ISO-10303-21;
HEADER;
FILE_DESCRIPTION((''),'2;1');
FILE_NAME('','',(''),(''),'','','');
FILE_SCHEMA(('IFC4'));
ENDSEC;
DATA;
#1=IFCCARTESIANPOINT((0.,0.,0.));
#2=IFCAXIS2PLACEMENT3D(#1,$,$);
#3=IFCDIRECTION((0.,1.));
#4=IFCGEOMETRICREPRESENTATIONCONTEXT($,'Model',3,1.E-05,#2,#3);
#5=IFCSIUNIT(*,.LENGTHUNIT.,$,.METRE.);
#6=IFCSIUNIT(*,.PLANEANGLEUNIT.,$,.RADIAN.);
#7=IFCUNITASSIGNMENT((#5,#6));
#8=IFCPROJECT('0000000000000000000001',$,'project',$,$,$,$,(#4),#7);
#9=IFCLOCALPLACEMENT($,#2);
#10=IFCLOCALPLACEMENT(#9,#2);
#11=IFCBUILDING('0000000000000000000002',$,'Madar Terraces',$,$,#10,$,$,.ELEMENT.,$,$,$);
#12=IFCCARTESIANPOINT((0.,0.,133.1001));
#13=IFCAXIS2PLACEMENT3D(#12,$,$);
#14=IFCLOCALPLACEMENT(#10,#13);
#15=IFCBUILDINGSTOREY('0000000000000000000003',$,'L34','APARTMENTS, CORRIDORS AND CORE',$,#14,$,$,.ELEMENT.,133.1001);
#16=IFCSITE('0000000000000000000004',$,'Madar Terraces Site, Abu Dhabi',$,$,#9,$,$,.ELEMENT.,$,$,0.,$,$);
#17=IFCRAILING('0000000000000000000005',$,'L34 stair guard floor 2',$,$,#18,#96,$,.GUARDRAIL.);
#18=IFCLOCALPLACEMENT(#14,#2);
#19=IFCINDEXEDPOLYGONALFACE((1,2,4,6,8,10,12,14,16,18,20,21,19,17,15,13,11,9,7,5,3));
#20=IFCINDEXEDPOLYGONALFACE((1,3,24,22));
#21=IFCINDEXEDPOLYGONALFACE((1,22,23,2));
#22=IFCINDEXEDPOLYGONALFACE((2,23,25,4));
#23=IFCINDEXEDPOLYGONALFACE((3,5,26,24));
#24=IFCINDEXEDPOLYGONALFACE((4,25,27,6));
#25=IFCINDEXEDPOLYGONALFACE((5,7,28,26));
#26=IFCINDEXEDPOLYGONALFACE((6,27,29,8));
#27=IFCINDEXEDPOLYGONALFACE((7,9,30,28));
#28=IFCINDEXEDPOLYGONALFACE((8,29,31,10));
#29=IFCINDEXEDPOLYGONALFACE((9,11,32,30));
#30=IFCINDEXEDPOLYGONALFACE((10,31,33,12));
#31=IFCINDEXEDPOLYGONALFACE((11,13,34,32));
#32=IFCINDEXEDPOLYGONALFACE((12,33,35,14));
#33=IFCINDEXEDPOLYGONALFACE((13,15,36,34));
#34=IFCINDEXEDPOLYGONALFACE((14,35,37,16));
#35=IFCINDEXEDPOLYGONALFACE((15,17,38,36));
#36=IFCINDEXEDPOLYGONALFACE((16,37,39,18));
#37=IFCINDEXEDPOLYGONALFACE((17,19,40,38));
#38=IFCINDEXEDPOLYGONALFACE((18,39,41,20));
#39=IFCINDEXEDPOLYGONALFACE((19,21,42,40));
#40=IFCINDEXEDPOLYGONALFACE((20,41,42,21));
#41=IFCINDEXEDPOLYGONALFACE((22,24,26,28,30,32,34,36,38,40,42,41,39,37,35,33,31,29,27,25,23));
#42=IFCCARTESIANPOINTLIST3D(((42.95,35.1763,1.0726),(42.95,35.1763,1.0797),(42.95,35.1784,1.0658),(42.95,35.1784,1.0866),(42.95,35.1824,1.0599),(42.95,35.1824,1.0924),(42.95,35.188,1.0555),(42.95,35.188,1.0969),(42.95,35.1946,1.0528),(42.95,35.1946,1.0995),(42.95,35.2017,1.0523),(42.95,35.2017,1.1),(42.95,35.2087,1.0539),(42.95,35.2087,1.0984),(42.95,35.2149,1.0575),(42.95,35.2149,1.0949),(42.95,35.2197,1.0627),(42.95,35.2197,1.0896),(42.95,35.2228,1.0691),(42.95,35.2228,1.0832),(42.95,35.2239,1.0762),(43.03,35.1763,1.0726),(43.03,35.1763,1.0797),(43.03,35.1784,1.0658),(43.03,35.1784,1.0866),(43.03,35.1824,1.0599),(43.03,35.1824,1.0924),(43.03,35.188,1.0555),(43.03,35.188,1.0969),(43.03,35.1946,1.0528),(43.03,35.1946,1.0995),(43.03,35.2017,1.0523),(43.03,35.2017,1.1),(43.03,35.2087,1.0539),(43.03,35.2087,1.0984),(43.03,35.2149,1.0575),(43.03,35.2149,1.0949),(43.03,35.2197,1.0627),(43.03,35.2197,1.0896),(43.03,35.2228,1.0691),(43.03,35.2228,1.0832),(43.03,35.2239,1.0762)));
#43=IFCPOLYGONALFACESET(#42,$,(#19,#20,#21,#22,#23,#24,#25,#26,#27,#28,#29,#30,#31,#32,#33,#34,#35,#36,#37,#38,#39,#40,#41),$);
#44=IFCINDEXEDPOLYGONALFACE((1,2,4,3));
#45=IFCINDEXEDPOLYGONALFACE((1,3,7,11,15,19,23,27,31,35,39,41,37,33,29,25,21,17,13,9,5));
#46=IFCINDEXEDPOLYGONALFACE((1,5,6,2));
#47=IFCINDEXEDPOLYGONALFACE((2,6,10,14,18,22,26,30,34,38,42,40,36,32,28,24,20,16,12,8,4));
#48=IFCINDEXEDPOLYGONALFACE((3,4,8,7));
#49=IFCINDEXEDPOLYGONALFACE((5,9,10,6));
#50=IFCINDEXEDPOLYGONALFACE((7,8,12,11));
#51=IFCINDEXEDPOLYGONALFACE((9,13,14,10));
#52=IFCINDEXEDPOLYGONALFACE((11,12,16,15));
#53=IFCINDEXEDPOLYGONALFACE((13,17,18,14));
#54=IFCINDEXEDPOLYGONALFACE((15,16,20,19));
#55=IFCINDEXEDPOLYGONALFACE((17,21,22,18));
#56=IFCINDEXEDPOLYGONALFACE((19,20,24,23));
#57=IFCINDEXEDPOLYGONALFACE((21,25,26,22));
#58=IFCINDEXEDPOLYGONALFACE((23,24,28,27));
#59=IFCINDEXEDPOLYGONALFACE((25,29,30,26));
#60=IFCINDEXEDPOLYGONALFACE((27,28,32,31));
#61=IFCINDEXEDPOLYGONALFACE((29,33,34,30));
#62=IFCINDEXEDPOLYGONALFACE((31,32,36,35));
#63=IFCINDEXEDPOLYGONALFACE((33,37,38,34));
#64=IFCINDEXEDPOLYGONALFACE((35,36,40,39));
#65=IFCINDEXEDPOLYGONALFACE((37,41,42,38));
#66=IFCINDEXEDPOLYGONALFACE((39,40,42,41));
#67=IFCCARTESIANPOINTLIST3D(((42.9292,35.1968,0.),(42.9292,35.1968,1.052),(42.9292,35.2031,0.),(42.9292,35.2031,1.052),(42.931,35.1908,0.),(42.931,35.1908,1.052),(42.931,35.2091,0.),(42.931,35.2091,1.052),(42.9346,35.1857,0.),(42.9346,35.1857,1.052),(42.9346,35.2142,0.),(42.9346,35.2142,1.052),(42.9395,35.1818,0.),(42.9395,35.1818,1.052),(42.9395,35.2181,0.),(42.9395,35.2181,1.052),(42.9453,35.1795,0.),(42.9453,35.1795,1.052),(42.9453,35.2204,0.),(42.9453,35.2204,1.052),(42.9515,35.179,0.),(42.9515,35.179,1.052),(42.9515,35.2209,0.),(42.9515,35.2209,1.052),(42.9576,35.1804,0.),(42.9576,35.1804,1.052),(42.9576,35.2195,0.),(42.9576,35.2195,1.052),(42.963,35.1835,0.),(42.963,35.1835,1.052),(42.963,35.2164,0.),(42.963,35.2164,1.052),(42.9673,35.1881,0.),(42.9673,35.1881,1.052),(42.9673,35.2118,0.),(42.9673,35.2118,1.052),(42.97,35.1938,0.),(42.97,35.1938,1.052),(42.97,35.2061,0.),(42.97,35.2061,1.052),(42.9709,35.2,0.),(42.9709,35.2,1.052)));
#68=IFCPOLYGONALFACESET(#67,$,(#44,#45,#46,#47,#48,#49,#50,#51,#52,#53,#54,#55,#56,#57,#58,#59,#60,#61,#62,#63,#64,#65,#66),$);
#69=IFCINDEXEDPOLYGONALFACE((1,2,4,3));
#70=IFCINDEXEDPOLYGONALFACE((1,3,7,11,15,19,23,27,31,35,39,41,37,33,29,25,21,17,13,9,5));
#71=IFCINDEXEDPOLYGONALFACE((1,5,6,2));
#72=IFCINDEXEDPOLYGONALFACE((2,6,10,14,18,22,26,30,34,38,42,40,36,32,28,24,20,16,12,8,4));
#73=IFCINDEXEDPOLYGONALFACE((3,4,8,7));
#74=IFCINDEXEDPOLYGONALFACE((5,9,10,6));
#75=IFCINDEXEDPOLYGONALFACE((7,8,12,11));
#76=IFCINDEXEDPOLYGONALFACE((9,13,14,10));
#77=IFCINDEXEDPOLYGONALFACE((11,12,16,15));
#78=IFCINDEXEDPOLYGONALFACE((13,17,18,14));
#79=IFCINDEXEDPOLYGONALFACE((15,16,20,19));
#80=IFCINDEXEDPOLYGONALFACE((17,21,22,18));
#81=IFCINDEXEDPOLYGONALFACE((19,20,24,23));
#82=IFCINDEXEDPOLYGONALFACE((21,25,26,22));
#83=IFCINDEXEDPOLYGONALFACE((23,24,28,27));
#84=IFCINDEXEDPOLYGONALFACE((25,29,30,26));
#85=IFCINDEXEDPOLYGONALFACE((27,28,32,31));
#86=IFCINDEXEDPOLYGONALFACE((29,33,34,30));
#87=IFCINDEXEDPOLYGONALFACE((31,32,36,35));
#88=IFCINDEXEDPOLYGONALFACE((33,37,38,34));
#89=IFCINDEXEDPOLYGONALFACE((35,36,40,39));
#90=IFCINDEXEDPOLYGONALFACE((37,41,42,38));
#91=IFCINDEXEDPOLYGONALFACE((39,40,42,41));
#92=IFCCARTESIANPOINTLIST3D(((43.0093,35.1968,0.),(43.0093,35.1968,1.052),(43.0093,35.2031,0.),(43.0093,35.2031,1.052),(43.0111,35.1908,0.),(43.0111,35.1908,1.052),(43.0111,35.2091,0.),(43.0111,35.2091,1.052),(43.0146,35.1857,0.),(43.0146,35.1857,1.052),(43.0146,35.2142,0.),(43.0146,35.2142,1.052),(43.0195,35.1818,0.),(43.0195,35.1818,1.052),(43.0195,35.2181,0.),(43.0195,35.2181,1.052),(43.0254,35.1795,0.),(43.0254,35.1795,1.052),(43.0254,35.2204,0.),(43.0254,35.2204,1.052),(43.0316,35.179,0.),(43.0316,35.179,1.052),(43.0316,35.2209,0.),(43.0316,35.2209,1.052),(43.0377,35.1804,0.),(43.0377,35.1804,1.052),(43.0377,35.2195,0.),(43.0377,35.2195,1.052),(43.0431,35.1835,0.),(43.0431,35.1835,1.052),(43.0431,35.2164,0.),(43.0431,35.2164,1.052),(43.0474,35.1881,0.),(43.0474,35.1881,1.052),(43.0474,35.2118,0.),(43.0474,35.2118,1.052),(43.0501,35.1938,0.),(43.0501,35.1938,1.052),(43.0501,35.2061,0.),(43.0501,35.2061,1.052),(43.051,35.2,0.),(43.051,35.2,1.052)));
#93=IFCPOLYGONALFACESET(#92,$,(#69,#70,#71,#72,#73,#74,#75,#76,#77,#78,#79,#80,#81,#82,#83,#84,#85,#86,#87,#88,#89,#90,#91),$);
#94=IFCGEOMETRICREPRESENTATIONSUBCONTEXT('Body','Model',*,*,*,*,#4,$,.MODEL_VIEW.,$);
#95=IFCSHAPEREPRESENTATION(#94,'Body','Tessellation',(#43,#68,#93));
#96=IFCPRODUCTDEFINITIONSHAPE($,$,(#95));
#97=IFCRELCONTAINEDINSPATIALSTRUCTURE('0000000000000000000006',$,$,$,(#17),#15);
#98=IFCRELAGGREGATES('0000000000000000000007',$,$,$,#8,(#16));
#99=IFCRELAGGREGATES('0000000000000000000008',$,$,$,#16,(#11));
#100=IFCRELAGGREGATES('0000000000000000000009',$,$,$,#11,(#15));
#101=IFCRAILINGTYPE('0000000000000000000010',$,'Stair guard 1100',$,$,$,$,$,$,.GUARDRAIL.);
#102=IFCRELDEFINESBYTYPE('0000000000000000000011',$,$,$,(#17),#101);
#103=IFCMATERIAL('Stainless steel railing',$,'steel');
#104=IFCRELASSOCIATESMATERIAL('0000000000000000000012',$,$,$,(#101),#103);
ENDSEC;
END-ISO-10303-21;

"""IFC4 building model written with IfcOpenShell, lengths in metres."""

from ifc_helpers import new_model, si_unit, direction, frame, origin, origin_2d, place, context, subcontext, project, spatial, circle, extrude, material, type_object, element, save


model = new_model("IFC4")

# Units and contexts
model_context = context("Model", 3, precision=1e-05, world=origin(), true_north=direction((0.0, 1.0)))
body_context = subcontext(model_context, "Body", "Model", "MODEL_VIEW")
ifc_project = project(units=[si_unit("LENGTHUNIT", "METRE"), si_unit("PLANEANGLEUNIT", "RADIAN")], contexts=[model_context])

# Site, building, storey
site_placement = place(None, origin())
site = spatial("IfcSite", under=ifc_project, at=site_placement, Name="Madar Terraces Site, Abu Dhabi", CompositionType="ELEMENT", RefElevation=0.0)
building_placement = place(site_placement, origin())
building = spatial("IfcBuilding", under=site, at=building_placement, Name="Madar Terraces", CompositionType="ELEMENT")
storey_placement = place(building_placement, frame((0.0, 0.0, 133.1001)))
storey = spatial("IfcBuildingStorey", under=building, at=storey_placement, Name="L34", Description="APARTMENTS, CORRIDORS AND CORE", CompositionType="ELEMENT", Elevation=133.1001)

# Railing
ifc_material_1 = material(Name="Stainless steel railing", Category="steel")
railing_type_1 = type_object("IfcRailingType", Name="Stair guard 1100", PredefinedType="GUARDRAIL", material=ifc_material_1)
railing_1_placement = place(storey_placement, frame((42.95, 35.2, 0.0)))
element("IfcRailing", 1, at=railing_1_placement, inside=storey, type_object=railing_type_1, Name="L34 stair guard floor 2", PredefinedType="GUARDRAIL", context=body_context, shape_type="SweptSolid", body=[
    extrude(circle(Radius=0.0239, at=origin_2d()), frame((0.0, 0.0, 1.0762), z_axis=(1.0, 0.0, 0.0), x_axis=(0.0, 1.0, 0.0)), (0.0, 0.0, 1.0), 0.0801),
    extrude(circle(Radius=0.021, at=origin_2d()), origin(), (0.0, 0.0, 1.0), 1.052),
    extrude(circle(Radius=0.021, at=origin_2d()), frame((0.0801, 0.0, 0.0)), (0.0, 0.0, 1.0), 1.052),
])

save(model, "model.ifc")
